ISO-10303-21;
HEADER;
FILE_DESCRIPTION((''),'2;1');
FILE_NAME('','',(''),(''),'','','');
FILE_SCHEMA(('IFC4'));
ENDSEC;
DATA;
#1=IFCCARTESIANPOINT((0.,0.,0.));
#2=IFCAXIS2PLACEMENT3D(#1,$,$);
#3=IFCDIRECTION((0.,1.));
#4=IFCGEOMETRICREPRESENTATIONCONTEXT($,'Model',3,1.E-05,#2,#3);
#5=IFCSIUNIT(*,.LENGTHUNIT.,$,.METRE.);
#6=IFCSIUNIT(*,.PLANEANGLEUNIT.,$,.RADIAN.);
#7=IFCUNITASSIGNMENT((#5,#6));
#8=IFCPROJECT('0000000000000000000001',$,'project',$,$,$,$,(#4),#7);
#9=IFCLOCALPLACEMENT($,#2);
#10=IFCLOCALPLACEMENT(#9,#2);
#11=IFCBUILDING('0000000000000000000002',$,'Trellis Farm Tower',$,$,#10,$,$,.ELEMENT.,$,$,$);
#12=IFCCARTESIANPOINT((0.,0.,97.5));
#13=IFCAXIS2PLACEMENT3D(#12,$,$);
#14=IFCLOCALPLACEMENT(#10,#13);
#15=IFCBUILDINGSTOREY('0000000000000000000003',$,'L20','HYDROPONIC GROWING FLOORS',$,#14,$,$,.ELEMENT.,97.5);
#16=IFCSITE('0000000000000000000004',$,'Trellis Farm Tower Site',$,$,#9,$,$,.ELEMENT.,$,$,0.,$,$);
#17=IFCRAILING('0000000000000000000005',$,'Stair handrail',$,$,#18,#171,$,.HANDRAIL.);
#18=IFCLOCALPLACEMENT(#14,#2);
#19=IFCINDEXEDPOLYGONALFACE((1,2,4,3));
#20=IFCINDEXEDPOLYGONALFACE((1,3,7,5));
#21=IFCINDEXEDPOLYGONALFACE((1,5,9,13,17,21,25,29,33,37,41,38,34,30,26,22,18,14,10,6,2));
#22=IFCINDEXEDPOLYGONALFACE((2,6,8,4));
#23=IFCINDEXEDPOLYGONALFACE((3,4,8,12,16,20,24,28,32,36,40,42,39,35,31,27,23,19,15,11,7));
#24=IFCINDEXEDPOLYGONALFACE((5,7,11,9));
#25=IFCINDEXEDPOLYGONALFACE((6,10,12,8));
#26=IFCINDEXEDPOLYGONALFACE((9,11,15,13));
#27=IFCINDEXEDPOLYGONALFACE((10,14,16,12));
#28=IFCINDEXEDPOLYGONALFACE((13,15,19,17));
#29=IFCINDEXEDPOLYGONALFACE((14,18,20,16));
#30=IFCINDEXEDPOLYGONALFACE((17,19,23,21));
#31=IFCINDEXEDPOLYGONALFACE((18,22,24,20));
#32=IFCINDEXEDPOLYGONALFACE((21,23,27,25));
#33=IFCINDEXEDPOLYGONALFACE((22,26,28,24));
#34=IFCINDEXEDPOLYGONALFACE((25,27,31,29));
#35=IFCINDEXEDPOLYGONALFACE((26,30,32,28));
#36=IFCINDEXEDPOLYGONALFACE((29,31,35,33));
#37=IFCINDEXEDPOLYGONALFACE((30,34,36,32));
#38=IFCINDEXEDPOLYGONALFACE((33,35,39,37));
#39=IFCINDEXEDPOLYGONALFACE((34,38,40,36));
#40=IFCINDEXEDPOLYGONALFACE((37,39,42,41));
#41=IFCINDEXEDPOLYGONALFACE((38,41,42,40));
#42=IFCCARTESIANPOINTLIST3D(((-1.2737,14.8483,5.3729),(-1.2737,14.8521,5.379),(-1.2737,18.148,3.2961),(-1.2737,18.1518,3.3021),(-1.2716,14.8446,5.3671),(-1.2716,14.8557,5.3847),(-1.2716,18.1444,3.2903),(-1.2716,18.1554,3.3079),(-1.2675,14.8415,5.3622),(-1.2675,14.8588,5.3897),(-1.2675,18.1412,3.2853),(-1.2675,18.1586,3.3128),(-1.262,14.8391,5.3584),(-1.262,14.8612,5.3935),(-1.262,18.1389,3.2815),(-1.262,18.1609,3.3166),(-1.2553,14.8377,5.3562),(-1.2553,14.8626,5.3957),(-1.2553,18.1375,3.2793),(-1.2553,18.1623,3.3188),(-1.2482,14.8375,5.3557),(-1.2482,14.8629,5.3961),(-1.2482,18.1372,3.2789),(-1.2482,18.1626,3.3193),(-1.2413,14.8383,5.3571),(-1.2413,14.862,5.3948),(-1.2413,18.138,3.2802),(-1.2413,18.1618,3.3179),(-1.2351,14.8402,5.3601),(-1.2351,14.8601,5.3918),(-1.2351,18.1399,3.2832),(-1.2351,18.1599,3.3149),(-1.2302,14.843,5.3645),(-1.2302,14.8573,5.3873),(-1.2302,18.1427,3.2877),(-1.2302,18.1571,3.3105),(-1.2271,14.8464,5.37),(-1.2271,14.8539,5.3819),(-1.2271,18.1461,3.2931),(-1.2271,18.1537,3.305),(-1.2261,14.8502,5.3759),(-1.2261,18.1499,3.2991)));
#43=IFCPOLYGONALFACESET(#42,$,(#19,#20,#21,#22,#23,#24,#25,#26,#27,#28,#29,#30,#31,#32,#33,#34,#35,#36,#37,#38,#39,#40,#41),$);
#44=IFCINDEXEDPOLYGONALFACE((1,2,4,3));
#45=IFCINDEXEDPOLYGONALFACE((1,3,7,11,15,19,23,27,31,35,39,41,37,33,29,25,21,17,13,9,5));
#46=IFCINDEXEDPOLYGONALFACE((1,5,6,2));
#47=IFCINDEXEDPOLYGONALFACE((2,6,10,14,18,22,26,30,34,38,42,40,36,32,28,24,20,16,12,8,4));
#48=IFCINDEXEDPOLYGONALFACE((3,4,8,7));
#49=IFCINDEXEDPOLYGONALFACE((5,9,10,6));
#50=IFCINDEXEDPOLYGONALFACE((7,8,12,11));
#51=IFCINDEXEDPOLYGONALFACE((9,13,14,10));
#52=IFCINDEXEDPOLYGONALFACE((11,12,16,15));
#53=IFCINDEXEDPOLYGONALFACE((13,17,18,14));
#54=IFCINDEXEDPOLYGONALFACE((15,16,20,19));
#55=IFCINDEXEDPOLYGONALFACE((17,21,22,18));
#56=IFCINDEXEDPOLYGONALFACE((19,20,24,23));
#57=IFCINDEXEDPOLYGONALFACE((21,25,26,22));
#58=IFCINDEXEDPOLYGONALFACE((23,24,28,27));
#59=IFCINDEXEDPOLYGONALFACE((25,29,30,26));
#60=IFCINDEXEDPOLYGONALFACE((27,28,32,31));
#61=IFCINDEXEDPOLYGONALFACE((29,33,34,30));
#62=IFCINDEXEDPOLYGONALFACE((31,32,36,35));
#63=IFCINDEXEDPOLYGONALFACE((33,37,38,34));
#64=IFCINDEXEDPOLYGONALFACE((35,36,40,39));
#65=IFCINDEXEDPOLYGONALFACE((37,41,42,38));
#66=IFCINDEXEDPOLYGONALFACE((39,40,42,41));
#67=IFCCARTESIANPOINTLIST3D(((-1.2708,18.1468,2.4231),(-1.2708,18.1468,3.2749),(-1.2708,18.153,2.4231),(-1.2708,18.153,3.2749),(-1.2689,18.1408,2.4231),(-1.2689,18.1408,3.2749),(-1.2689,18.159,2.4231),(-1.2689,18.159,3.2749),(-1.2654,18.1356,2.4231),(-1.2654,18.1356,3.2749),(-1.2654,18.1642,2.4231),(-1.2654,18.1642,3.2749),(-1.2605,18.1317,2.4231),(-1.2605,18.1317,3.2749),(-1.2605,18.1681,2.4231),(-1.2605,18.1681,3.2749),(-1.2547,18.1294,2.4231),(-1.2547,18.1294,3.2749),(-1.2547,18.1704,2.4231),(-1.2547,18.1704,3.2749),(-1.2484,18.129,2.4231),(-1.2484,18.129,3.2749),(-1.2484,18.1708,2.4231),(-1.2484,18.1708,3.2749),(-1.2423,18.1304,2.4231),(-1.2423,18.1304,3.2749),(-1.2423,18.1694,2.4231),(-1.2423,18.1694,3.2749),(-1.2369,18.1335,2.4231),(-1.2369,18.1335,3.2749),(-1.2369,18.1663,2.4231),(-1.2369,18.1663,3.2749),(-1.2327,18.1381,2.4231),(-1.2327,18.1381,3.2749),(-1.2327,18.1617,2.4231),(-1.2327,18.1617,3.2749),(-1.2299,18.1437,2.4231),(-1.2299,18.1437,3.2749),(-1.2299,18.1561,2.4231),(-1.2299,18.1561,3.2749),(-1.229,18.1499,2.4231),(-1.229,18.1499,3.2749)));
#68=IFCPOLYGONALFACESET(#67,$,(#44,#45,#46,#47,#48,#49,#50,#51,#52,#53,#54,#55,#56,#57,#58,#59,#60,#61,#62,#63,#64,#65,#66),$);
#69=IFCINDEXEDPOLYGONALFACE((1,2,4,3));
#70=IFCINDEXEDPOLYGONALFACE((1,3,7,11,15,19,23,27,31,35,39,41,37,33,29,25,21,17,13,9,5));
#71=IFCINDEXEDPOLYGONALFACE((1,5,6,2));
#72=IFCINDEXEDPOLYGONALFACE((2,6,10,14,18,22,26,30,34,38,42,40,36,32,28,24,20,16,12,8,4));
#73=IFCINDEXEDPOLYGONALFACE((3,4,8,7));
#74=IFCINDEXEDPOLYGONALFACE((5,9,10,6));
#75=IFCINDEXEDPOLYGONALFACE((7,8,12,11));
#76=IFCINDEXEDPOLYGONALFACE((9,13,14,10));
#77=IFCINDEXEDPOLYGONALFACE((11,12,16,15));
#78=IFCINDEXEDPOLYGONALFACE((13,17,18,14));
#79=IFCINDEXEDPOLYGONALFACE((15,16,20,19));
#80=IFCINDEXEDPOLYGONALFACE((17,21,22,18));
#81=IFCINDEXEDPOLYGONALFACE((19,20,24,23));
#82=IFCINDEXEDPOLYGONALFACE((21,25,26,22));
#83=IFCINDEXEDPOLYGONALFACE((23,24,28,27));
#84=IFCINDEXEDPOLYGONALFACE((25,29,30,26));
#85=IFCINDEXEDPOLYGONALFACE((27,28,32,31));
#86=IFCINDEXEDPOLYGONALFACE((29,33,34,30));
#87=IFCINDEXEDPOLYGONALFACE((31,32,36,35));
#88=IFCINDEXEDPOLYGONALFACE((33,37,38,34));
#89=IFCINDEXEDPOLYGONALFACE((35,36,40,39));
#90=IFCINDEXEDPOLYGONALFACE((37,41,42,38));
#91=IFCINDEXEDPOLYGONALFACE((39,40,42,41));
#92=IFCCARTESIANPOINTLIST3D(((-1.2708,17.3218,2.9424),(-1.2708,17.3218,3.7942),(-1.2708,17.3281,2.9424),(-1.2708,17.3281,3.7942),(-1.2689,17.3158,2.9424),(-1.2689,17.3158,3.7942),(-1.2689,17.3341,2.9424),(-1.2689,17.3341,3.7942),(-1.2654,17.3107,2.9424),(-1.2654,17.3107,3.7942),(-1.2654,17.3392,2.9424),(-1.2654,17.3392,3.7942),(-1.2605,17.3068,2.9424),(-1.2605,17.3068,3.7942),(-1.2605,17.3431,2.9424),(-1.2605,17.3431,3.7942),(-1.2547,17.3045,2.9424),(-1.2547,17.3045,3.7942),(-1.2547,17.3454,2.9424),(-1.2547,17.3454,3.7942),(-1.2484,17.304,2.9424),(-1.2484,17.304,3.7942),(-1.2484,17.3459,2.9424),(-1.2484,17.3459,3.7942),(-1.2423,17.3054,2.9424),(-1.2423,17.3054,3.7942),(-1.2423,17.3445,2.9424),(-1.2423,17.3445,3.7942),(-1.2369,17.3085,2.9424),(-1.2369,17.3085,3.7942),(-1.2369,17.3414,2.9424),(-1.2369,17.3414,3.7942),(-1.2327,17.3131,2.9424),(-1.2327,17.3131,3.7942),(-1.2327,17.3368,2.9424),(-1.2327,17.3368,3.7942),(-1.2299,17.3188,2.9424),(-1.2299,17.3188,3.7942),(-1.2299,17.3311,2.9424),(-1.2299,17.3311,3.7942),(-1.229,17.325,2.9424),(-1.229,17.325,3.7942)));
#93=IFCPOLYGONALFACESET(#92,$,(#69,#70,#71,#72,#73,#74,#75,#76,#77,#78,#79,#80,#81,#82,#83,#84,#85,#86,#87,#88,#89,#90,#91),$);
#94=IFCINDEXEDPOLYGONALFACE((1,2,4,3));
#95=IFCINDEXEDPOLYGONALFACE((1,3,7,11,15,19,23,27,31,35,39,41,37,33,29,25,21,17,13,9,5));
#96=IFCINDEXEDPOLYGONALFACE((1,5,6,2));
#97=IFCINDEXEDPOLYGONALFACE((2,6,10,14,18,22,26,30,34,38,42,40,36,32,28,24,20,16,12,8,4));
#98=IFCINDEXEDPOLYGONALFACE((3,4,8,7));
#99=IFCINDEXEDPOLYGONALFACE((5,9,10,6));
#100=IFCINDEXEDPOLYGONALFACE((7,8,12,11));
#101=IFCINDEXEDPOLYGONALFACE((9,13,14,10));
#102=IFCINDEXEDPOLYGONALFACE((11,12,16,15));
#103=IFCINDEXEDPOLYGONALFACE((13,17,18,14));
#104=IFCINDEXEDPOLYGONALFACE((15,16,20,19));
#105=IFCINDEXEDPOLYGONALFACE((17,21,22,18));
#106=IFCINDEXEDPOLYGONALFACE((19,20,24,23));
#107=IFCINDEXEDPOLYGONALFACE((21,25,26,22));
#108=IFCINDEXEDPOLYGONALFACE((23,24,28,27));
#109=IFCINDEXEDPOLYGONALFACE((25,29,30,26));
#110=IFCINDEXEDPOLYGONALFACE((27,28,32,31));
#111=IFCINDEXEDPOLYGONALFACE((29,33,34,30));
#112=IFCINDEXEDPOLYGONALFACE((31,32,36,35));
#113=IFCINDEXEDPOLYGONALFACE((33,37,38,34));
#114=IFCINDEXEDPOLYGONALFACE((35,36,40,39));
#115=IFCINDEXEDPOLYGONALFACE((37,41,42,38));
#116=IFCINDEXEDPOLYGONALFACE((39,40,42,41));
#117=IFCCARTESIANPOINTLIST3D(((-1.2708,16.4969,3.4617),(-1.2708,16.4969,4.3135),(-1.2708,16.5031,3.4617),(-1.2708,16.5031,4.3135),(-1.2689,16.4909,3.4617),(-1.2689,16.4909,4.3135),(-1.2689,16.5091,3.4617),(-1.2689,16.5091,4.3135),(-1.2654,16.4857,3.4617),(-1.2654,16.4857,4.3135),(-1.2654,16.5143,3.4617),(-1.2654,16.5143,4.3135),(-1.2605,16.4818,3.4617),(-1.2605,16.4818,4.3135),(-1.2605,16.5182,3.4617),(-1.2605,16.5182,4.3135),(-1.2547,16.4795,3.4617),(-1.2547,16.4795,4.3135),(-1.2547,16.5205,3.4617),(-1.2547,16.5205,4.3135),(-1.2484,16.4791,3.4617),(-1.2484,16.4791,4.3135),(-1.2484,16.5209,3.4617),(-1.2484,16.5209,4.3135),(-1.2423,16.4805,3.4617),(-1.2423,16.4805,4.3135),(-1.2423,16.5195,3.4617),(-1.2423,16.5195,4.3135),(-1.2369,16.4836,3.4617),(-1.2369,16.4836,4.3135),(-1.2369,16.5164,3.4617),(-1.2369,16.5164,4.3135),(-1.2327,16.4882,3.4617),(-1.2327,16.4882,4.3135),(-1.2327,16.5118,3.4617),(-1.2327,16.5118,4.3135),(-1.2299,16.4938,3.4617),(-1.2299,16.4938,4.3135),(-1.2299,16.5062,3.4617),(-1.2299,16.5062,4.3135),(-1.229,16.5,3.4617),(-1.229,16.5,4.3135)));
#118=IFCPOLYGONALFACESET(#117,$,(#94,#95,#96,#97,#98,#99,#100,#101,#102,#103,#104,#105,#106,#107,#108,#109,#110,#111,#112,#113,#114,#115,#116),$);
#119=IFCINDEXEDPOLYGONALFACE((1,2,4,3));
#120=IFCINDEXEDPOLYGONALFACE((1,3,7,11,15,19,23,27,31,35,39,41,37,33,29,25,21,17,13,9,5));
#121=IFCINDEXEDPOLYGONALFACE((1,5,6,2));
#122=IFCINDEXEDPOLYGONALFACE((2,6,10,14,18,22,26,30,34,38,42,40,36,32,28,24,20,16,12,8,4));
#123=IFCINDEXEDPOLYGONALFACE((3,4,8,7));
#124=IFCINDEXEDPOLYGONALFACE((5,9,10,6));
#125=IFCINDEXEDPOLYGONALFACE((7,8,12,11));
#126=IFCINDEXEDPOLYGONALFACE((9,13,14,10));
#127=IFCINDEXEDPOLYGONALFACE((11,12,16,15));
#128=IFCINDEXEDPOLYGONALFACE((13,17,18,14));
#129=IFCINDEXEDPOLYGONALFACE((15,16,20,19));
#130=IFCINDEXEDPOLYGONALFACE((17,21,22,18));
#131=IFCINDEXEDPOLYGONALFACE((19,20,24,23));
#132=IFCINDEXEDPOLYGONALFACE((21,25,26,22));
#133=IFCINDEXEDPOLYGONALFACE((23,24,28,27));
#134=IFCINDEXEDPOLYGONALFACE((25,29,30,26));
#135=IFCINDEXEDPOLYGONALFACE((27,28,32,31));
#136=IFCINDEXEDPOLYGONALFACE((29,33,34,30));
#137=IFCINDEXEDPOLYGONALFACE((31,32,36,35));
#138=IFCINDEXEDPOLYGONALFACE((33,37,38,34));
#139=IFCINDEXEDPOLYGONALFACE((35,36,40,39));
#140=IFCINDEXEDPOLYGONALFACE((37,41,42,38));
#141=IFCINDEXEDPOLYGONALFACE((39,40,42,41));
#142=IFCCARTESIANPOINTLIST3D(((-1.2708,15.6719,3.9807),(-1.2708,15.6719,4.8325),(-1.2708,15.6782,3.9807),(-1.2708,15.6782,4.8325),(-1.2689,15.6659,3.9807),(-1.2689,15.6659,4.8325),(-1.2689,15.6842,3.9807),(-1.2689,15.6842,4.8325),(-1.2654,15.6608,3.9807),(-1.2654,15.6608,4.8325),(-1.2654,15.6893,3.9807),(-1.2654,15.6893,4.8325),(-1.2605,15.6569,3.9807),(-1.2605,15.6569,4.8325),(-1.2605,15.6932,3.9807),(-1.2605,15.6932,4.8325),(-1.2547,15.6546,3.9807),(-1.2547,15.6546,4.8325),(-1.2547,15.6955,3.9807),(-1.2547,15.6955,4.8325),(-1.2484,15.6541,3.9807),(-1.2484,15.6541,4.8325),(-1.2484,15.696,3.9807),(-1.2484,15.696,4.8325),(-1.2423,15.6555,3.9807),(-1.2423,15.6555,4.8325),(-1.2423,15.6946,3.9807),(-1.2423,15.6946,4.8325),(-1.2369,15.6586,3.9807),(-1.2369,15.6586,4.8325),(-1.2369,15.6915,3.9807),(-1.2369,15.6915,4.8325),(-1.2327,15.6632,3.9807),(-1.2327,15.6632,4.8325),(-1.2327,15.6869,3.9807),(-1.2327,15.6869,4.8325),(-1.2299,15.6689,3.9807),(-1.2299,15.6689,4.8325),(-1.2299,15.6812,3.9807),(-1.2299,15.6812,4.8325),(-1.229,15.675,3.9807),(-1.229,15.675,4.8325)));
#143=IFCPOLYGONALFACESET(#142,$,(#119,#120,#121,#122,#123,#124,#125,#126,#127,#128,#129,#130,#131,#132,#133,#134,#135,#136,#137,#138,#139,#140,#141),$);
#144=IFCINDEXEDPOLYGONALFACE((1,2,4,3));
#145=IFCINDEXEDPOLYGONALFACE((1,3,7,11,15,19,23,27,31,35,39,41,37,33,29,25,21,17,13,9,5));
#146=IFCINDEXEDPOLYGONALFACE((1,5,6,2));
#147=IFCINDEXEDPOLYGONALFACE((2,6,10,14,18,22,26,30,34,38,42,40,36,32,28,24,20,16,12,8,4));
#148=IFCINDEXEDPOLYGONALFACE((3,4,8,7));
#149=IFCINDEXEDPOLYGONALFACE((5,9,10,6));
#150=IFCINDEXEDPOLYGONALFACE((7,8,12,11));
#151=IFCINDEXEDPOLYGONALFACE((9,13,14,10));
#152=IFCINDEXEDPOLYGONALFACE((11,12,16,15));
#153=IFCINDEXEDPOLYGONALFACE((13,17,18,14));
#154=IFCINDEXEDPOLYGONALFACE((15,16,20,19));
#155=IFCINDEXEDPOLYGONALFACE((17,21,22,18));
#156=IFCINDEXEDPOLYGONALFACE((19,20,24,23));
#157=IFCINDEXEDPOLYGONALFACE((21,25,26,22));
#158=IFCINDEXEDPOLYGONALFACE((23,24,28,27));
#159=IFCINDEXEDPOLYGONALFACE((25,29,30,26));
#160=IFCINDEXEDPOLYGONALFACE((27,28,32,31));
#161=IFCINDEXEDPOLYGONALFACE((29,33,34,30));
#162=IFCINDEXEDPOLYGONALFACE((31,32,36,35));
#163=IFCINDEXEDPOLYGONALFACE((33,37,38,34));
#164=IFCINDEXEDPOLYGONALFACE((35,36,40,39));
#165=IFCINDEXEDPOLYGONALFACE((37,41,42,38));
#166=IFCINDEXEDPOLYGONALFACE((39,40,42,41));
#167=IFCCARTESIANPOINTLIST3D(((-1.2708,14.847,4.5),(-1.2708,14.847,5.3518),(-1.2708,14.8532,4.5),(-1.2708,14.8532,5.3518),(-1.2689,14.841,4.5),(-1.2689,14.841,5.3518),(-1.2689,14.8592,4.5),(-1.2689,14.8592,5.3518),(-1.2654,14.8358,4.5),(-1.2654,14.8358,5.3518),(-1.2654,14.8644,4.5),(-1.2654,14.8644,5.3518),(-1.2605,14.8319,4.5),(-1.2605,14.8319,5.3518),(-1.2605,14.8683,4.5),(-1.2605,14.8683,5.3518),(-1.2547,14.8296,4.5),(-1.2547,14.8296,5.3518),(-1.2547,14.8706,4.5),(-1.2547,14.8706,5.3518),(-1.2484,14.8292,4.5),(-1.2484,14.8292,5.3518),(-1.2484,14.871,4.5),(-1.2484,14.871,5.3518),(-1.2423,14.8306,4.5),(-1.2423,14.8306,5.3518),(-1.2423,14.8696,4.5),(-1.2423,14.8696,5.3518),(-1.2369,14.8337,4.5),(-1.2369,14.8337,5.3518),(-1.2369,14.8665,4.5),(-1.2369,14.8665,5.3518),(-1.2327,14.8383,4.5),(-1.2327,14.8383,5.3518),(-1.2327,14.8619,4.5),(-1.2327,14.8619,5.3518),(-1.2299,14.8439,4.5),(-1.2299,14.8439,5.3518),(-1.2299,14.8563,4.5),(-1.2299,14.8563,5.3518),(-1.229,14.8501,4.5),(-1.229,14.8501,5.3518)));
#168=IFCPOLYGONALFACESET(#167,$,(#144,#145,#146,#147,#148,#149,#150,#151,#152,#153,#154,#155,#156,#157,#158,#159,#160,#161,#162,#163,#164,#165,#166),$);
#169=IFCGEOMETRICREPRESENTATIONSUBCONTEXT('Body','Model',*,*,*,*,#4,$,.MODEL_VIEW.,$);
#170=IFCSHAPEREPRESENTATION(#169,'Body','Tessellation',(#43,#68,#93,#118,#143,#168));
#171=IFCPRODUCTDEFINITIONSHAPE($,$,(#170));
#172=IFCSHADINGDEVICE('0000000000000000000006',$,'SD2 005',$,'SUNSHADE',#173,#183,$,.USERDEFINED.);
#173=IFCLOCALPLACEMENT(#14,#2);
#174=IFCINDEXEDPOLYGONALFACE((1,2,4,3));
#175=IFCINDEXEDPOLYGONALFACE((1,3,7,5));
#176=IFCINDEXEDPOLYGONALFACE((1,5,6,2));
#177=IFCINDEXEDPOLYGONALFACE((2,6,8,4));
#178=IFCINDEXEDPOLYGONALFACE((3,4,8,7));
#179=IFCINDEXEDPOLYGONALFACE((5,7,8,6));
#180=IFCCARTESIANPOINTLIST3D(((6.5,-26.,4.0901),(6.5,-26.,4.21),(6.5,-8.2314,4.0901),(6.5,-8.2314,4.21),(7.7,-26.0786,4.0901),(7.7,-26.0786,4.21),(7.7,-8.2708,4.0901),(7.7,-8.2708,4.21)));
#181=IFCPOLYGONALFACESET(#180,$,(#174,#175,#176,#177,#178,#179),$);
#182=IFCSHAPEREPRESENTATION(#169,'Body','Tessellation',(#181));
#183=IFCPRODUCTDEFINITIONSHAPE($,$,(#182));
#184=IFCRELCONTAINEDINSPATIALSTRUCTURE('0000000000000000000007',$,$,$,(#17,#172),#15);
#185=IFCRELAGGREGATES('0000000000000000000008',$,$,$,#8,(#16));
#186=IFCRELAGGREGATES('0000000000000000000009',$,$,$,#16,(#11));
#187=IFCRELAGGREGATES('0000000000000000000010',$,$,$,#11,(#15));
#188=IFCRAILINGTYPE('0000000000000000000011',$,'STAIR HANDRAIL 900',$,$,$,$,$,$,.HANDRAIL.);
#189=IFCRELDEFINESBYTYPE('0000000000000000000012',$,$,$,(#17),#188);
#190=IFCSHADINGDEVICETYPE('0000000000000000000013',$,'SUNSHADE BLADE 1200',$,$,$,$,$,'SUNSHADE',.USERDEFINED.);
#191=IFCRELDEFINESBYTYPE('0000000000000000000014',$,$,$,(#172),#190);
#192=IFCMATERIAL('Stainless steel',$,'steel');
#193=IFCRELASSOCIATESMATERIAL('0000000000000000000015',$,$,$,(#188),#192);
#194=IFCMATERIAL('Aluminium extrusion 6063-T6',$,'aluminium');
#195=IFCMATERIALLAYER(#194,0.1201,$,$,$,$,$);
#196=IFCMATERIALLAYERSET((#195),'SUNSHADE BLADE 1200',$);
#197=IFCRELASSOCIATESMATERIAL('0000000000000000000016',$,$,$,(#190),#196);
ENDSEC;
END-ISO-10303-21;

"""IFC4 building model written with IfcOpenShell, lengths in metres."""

from ifc_helpers import new_model, si_unit, direction, frame, origin, origin_2d, place, context, subcontext, project, spatial, polyline, circle, outline, extrude, source, transform, mapped, material, layer, layer_set, type_object, element, save


model = new_model("IFC4")

# Units and contexts
model_context = context("Model", 3, precision=1e-05, world=origin(), true_north=direction((0.0, 1.0)))
body_context = subcontext(model_context, "Body", "Model", "MODEL_VIEW")
ifc_project = project(units=[si_unit("LENGTHUNIT", "METRE"), si_unit("PLANEANGLEUNIT", "RADIAN")], contexts=[model_context])

# Site, building, storey
site_placement = place(None, origin())
site = spatial("IfcSite", under=ifc_project, at=site_placement, Name="Trellis Farm Tower Site", CompositionType="ELEMENT", RefElevation=0.0)
building_placement = place(site_placement, origin())
building = spatial("IfcBuilding", under=site, at=building_placement, Name="Trellis Farm Tower", CompositionType="ELEMENT")
storey_placement = place(building_placement, frame((0.0, 0.0, 97.5)))
storey = spatial("IfcBuildingStorey", under=building, at=storey_placement, Name="L20", Description="HYDROPONIC GROWING FLOORS", CompositionType="ELEMENT", Elevation=97.5)

# Shared definitions
ifc_material_1 = material(Name="Aluminium extrusion 6063-T6", Category="aluminium")

# Railing
ifc_material_2 = material(Name="Stainless steel", Category="steel")
railing_type = type_object("IfcRailingType", Name="STAIR HANDRAIL 900", PredefinedType="HANDRAIL", material=ifc_material_2)
shared_shape_1 = source(origin(), body_context, "Body", "SweptSolid", [
    extrude(circle(Radius=0.0239, at=origin_2d()), frame((0.0, 0.0, 0.876), z_axis=(0.0, -0.84632, 0.532675), x_axis=(1.0, 0.0, 0.0)), (0.0, 0.0, 1.0), 3.8989),
    extrude(circle(Radius=0.021, at=origin_2d()), origin(), (0.0, 0.0, 1.0), 0.8518),
    extrude(circle(Radius=0.021, at=origin_2d()), frame((0.0, -0.825, 0.5193)), (0.0, 0.0, 1.0), 0.8518),
    extrude(circle(Radius=0.021, at=origin_2d()), frame((0.0, -1.6499, 1.0386)), (0.0, 0.0, 1.0), 0.8518),
    extrude(circle(Radius=0.021, at=origin_2d()), frame((0.0, -2.4749, 1.5576)), (0.0, 0.0, 1.0), 0.8518),
    extrude(circle(Radius=0.021, at=origin_2d()), frame((0.0, -3.2998, 2.0769)), (0.0, 0.0, 1.0), 0.8518),
])
railing_placement = place(storey_placement, frame((-1.25, 18.1499, 2.4231)))
element("IfcRailing", 1, at=railing_placement, inside=storey, type_object=railing_type, Name="Stair handrail", PredefinedType="HANDRAIL", context=body_context, shape_type="MappedRepresentation", body=[
    mapped(shared_shape_1, transform((0.0, 0.0, 0.0))),
])

# Shading device
ifc_layer_1 = layer(ifc_material_1, 0.1201)
ifc_layer_set_1 = layer_set([ifc_layer_1], Name="SUNSHADE BLADE 1200")
shading_device_type = type_object("IfcShadingDeviceType", Name="SUNSHADE BLADE 1200", ElementType="SUNSHADE", PredefinedType="USERDEFINED", material=ifc_layer_set_1)
shared_shape_2 = source(origin(), body_context, "Body", "SweptSolid", [
    extrude(outline(polyline([(7.7, -26.0786), (7.7, -8.2708), (6.5, -8.2314), (6.5, -26.0), (7.7, -26.0786)])), origin(), (0.0, 0.0, 1.0), 0.1199),
])
placement_1 = place(storey_placement, frame((0.0, 0.0, 4.0901)))
element("IfcShadingDevice", 2, at=placement_1, inside=storey, type_object=shading_device_type, Name="SD2 005", ObjectType="SUNSHADE", PredefinedType="USERDEFINED", context=body_context, shape_type="MappedRepresentation", body=[
    mapped(shared_shape_2, transform((0.0, 0.0, 0.0))),
])

save(model, "model.ifc")
